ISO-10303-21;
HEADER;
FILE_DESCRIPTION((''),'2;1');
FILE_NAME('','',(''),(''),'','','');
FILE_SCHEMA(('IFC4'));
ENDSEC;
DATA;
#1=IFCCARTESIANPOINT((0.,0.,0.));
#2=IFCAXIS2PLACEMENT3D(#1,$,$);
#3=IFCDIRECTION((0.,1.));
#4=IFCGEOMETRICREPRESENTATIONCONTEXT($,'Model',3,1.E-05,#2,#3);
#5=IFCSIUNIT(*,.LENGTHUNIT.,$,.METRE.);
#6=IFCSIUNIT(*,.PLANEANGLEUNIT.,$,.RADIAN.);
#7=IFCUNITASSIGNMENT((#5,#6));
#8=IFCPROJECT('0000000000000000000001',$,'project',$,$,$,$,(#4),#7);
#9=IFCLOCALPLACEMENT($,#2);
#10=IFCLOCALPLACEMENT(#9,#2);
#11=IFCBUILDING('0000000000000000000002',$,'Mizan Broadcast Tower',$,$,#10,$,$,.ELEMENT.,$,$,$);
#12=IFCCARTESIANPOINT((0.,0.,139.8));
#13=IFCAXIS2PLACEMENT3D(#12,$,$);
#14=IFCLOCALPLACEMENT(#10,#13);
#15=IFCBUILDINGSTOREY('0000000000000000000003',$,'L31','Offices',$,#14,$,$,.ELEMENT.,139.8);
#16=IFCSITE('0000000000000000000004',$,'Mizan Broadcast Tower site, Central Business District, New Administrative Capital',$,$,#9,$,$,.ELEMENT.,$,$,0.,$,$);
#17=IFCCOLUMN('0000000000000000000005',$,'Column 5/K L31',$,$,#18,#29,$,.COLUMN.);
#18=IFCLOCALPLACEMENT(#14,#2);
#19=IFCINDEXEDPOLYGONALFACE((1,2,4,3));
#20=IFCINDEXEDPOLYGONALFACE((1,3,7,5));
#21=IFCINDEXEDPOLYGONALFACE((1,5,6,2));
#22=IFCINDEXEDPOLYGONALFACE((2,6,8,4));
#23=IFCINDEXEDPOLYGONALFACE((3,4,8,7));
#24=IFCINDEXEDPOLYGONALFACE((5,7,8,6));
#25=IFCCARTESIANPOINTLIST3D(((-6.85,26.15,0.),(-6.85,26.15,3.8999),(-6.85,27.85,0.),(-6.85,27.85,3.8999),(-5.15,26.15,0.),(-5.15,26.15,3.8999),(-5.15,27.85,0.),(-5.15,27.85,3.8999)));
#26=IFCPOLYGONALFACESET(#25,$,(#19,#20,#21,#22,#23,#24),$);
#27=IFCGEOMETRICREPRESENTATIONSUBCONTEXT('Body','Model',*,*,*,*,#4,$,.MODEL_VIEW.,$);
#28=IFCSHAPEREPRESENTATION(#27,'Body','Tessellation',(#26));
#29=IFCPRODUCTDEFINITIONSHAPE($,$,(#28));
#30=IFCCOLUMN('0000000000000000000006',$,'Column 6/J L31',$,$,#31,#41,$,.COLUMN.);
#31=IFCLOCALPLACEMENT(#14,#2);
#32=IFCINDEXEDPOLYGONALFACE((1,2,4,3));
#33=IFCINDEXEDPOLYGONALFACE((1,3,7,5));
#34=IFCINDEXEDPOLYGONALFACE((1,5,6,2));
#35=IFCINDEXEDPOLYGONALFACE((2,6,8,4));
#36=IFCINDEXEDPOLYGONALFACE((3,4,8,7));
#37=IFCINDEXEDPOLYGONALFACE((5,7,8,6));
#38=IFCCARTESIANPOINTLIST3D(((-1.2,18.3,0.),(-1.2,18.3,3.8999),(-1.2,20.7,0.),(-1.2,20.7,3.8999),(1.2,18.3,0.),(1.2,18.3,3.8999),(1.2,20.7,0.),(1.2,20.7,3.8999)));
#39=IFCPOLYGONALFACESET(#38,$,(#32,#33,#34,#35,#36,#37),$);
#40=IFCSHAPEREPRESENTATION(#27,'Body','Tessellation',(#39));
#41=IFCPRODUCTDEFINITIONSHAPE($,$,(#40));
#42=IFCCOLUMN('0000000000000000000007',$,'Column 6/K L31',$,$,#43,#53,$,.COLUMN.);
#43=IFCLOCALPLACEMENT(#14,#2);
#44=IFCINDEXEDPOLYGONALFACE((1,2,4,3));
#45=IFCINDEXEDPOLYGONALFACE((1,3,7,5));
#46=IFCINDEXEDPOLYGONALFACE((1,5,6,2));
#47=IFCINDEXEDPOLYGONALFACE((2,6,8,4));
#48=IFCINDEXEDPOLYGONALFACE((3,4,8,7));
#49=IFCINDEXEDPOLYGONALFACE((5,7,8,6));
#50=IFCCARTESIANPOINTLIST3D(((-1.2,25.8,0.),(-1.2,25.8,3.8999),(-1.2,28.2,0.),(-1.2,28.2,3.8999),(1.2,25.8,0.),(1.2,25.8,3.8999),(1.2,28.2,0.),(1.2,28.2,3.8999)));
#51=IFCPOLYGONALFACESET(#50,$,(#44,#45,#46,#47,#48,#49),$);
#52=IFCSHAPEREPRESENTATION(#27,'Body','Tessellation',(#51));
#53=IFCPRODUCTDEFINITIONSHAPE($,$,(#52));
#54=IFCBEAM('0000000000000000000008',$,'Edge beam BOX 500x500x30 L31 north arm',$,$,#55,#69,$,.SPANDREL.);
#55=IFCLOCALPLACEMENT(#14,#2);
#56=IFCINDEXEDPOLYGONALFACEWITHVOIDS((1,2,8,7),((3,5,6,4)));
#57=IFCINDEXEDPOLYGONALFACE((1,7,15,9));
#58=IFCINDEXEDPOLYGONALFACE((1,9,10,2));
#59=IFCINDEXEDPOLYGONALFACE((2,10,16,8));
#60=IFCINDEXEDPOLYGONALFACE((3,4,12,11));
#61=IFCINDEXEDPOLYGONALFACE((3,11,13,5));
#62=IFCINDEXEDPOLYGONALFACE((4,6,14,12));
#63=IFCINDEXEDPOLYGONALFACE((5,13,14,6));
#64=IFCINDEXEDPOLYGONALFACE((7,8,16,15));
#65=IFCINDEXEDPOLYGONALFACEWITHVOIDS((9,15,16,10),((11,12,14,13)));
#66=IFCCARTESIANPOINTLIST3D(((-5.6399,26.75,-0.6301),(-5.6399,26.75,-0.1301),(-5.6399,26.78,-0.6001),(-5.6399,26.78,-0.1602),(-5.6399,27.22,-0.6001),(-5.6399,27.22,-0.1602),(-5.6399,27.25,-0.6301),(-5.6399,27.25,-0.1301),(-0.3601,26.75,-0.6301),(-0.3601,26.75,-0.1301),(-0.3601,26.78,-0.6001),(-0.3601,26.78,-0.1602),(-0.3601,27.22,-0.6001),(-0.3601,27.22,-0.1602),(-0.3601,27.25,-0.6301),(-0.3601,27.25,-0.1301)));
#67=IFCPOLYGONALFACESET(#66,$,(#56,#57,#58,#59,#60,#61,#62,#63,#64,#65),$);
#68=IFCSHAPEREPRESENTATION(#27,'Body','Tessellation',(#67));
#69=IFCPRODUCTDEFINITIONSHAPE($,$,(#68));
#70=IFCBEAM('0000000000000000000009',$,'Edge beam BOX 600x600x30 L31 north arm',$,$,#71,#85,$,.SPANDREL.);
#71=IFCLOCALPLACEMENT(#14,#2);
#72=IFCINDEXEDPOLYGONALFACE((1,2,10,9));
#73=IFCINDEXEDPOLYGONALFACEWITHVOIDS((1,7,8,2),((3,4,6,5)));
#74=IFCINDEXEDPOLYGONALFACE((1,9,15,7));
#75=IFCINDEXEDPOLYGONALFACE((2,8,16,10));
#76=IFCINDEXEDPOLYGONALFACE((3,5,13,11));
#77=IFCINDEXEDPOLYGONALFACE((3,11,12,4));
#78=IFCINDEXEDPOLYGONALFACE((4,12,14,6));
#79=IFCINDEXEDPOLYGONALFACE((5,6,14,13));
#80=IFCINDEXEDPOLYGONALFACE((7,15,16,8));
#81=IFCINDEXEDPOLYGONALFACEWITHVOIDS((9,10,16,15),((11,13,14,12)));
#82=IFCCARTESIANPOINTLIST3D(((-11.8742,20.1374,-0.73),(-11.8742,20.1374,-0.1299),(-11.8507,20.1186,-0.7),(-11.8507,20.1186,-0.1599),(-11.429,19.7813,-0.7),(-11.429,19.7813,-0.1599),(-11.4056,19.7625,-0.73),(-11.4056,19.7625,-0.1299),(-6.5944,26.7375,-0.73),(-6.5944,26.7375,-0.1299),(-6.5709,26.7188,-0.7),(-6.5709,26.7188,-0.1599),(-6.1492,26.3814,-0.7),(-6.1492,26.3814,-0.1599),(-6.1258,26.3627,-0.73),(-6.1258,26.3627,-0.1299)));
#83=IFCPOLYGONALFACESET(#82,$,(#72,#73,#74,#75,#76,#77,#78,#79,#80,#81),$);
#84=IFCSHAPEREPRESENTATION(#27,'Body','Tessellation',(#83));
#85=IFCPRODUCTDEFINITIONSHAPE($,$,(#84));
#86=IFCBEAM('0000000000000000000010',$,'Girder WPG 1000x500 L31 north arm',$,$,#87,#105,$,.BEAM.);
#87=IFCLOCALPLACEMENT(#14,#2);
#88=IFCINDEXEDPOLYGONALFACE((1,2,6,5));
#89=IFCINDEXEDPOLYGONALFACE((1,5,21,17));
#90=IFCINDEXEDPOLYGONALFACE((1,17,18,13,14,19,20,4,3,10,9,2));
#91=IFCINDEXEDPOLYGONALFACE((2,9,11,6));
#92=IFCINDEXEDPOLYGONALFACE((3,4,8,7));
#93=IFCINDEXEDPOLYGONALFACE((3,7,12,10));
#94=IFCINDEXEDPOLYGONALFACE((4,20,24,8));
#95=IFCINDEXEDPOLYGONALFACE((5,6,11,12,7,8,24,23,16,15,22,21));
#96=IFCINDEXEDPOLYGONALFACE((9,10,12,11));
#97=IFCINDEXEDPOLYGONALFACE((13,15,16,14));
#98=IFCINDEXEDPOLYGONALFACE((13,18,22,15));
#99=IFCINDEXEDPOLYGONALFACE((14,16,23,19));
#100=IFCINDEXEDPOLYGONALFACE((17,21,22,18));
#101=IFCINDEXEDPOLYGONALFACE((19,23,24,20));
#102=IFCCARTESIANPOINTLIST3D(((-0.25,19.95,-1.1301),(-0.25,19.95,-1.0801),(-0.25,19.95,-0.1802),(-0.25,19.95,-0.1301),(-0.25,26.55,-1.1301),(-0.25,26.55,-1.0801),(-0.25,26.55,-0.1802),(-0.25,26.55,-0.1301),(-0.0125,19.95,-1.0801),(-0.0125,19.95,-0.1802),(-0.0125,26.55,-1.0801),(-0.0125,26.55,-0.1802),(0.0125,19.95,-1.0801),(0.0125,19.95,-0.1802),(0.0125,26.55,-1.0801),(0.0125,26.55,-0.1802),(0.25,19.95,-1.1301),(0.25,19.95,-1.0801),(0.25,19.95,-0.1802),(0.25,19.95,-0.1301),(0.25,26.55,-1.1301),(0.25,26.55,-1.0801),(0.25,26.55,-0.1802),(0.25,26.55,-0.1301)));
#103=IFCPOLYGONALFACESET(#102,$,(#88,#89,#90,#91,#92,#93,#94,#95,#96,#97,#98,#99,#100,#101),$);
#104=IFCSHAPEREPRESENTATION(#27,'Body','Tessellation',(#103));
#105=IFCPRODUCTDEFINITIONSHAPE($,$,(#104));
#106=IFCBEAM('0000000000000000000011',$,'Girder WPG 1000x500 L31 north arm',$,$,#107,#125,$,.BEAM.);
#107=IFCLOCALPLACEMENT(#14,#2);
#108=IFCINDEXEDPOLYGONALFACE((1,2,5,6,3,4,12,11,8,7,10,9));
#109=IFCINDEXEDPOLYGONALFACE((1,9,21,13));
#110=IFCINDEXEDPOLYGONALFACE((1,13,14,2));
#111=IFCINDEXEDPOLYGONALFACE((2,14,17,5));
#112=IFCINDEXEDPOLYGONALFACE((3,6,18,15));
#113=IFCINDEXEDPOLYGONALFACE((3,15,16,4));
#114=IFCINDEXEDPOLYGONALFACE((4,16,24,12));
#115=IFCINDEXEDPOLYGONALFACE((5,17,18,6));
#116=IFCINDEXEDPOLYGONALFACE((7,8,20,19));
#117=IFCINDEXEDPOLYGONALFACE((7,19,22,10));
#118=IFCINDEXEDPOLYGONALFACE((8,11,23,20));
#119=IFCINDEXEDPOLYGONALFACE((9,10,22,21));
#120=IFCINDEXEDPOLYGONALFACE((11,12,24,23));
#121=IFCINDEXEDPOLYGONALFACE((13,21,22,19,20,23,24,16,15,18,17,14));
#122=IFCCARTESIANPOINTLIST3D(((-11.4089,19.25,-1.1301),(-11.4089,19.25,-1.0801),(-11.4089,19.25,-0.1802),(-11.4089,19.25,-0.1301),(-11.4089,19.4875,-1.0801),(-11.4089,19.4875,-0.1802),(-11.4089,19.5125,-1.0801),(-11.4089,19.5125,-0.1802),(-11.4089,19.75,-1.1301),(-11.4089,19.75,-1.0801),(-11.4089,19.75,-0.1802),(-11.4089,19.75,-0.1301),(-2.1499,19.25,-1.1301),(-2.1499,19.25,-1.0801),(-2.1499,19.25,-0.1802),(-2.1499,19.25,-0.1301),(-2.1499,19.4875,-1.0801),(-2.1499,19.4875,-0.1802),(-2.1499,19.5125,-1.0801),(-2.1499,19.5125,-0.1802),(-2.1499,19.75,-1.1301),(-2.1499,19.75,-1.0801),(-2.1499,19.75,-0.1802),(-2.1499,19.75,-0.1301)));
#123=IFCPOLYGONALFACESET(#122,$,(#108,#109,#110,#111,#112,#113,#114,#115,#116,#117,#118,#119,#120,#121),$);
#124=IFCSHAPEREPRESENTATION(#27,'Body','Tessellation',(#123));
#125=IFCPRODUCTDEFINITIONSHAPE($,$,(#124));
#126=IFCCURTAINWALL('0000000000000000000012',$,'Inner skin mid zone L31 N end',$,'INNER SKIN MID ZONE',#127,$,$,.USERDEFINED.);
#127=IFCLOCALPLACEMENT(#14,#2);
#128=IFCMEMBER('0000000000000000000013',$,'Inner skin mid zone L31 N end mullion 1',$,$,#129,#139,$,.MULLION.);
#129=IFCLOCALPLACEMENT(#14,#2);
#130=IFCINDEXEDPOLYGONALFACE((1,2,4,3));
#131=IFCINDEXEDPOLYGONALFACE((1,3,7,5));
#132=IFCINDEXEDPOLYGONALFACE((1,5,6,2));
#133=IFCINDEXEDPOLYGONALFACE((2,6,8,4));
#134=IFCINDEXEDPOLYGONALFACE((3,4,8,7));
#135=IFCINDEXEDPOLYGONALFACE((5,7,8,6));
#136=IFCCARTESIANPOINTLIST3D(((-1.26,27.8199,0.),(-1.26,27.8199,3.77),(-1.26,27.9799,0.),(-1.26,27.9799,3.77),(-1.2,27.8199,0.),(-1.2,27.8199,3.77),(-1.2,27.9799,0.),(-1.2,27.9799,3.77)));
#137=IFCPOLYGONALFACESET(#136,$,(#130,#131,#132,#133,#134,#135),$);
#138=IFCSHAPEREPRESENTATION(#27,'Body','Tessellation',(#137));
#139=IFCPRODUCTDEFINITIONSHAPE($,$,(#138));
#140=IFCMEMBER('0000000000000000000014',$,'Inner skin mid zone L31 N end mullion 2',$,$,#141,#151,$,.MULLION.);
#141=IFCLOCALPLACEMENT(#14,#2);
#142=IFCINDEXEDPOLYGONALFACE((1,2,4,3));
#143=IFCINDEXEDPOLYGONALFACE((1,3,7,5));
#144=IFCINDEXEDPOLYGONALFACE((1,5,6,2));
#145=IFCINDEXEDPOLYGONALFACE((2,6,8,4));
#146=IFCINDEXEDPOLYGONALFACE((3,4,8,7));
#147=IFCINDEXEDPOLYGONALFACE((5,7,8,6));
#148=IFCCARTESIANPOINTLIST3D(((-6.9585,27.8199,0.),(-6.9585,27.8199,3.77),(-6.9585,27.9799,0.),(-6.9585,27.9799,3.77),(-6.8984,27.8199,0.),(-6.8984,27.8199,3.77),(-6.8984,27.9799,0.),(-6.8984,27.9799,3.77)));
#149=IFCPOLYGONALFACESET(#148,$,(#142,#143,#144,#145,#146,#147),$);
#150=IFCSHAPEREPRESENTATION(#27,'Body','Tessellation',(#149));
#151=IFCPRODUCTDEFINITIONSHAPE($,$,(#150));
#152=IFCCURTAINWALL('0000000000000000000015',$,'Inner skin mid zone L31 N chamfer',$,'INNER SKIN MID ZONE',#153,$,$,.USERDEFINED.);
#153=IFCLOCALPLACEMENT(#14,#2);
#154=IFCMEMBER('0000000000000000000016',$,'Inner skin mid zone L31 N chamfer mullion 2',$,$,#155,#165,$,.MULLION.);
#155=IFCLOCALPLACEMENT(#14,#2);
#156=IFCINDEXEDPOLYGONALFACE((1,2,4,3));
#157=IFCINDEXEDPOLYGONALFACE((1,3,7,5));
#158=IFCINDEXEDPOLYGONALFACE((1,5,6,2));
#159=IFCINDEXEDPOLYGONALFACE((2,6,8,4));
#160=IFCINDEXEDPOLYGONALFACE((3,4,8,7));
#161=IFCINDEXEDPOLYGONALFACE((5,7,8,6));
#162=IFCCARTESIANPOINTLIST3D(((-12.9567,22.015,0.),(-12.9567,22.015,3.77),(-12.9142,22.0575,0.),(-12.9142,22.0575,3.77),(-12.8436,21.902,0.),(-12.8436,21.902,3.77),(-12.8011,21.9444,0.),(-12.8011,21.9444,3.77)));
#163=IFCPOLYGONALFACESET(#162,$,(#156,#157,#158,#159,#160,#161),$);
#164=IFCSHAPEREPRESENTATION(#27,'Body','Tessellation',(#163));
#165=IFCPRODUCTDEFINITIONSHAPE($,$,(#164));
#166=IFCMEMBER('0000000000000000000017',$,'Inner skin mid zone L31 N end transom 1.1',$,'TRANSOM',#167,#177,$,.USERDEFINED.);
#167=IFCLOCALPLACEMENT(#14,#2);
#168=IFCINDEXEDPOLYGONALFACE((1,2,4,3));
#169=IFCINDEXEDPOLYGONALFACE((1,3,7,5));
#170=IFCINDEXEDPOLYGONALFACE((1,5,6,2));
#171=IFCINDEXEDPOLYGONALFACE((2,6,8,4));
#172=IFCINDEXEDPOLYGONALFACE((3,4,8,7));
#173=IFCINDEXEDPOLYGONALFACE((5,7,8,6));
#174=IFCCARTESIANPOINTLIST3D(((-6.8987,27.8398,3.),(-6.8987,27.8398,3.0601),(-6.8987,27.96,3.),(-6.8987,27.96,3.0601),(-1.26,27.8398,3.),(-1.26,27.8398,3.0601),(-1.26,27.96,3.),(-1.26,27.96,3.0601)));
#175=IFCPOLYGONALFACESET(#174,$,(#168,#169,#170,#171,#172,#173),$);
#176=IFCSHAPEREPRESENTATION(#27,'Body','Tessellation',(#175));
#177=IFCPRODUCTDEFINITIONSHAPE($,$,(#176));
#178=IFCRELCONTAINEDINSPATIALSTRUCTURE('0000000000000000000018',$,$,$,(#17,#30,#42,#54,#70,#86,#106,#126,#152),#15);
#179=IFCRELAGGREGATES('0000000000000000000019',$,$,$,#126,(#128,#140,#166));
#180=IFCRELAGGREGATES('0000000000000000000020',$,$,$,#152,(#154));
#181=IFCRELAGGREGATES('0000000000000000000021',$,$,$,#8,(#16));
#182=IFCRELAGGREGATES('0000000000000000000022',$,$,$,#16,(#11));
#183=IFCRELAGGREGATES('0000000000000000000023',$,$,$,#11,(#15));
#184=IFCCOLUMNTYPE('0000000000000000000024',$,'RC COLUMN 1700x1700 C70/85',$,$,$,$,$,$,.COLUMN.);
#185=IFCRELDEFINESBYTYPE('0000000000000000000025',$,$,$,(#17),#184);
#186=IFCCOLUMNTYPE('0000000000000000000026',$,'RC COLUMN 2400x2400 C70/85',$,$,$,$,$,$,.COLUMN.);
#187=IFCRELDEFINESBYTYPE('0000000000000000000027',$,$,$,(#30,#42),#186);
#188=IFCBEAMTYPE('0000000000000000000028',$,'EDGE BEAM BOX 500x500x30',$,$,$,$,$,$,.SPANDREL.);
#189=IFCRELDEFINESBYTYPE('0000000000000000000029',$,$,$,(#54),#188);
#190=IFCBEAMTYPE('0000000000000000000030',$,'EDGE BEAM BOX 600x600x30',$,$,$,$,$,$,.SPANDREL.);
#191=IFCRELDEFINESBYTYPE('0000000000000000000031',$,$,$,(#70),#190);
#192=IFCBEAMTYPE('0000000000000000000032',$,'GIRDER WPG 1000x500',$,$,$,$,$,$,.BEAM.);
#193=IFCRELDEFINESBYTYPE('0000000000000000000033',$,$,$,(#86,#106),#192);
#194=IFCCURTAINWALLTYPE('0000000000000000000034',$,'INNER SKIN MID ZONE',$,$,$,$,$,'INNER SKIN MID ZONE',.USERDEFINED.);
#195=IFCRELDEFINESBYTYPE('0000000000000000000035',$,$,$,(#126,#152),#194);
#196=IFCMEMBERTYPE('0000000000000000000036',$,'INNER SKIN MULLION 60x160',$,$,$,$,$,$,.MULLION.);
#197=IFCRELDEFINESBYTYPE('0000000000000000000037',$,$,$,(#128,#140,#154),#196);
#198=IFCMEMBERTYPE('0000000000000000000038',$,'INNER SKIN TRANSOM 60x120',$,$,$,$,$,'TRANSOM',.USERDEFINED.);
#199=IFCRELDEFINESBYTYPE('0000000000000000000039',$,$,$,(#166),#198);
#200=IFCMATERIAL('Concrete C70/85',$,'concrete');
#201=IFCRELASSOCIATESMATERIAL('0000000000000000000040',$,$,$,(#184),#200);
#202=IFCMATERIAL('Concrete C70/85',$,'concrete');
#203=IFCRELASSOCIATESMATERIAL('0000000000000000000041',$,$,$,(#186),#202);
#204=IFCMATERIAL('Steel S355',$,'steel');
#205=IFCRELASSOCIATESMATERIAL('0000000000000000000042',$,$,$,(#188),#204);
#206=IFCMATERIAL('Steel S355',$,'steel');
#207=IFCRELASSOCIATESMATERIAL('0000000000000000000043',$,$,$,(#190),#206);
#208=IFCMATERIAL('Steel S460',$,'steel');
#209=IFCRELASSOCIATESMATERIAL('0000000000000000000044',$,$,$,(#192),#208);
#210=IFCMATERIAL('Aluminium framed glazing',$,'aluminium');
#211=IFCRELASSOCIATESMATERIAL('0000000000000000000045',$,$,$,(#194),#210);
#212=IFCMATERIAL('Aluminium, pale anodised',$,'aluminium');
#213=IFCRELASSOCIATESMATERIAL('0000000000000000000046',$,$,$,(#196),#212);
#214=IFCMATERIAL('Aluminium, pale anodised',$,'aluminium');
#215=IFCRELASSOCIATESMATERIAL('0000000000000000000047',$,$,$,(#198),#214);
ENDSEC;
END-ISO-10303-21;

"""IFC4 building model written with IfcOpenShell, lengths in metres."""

from ifc_helpers import new_model, si_unit, direction, frame, origin, origin_2d, place, context, subcontext, project, spatial, rectangle, hollow_rectangle, i_section, extrude, material, material_profile, profile_set, type_object, element, aggregate, save


model = new_model("IFC4")

# Units and contexts
model_context = context("Model", 3, precision=1e-05, world=origin(), true_north=direction((0.0, 1.0)))
body_context = subcontext(model_context, "Body", "Model", "MODEL_VIEW")
ifc_project = project(units=[si_unit("LENGTHUNIT", "METRE"), si_unit("PLANEANGLEUNIT", "RADIAN")], contexts=[model_context])

# Site, building, storey
site_placement = place(None, origin())
site = spatial("IfcSite", under=ifc_project, at=site_placement, Name="Mizan Broadcast Tower site, Central Business District, New Administrative Capital", CompositionType="ELEMENT", RefElevation=0.0)
building_placement = place(site_placement, origin())
building = spatial("IfcBuilding", under=site, at=building_placement, Name="Mizan Broadcast Tower", CompositionType="ELEMENT")
storey_placement = place(building_placement, frame((0.0, 0.0, 139.8)))
storey = spatial("IfcBuildingStorey", under=building, at=storey_placement, Name="L31", Description="Offices", CompositionType="ELEMENT", Elevation=139.8)

# Columns
ifc_material_1 = material(Name="Concrete C70/85", Category="concrete")
ifc_material_profile_1 = material_profile(ifc_material_1, rectangle(XDim=1.7, YDim=1.7, at=origin_2d()), Name="RC 1700x1700")
ifc_profile_set_1 = profile_set([ifc_material_profile_1], Name="Concrete C70/85")
column_type_1 = type_object("IfcColumnType", Name="RC COLUMN 1700x1700 C70/85", PredefinedType="COLUMN", material=ifc_profile_set_1)
column_placement = place(storey_placement, frame((-6.0, 27.0, 0.0), z_axis=(0.0, 0.0, 1.0), x_axis=(1.0, 0.0, 0.0)))
element("IfcColumn", 1, at=column_placement, inside=storey, type_object=column_type_1, Name="Column 5/K L31", PredefinedType="COLUMN", context=body_context, shape_type="SweptSolid", body=[
    extrude(rectangle(XDim=1.7, YDim=1.7, at=origin_2d()), origin(), (0.0, 0.0, 1.0), 3.8999),
])
ifc_material_2 = material(Name="Concrete C70/85", Category="concrete")
ifc_material_profile_2 = material_profile(ifc_material_2, rectangle(XDim=2.3999, YDim=2.3999, at=origin_2d()), Name="RC 2400x2400")
ifc_profile_set_2 = profile_set([ifc_material_profile_2], Name="Concrete C70/85")
column_type_2 = type_object("IfcColumnType", Name="RC COLUMN 2400x2400 C70/85", PredefinedType="COLUMN", material=ifc_profile_set_2)
for number, where, z_axis, x_axis, name in (
    (2, (0.0, 19.5, 0.0), (0.0, 0.0, 1.0), (1.0, 0.0, 0.0), "Column 6/J L31"),
    (3, (0.0, 27.0, 0.0), (0.0, 0.0, 1.0), (1.0, 0.0, 0.0), "Column 6/K L31"),
):
    element("IfcColumn", number, at=place(storey_placement, frame(where, z_axis=z_axis, x_axis=x_axis)), inside=storey, type_object=column_type_2, Name=name, PredefinedType="COLUMN", context=body_context, shape_type="SweptSolid", body=[
        extrude(rectangle(XDim=2.3999, YDim=2.3999, at=origin_2d()), origin(), (0.0, 0.0, 1.0), 3.8999),
    ])

# Beams
ifc_material_3 = material(Name="Steel S355", Category="steel")
ifc_material_profile_3 = material_profile(ifc_material_3, hollow_rectangle(XDim=0.5, YDim=0.5, WallThickness=0.03, at=origin_2d()), Name="BOX 500x500x30")
ifc_profile_set_3 = profile_set([ifc_material_profile_3], Name="Steel S355")
beam_type_1 = type_object("IfcBeamType", Name="EDGE BEAM BOX 500x500x30", PredefinedType="SPANDREL", material=ifc_profile_set_3)
beam_1_placement = place(storey_placement, frame((-5.6399, 27.0, -0.3801), z_axis=(1.0, 0.0, 0.0), x_axis=(0.0, 1.0, 0.0)))
element("IfcBeam", 4, at=beam_1_placement, inside=storey, type_object=beam_type_1, Name="Edge beam BOX 500x500x30 L31 north arm", PredefinedType="SPANDREL", context=body_context, shape_type="SweptSolid", body=[
    extrude(hollow_rectangle(XDim=0.5, YDim=0.5, WallThickness=0.03, at=origin_2d()), origin(), (0.0, 0.0, 1.0), 5.2798),
])
ifc_material_4 = material(Name="Steel S355", Category="steel")
ifc_material_profile_4 = material_profile(ifc_material_4, hollow_rectangle(XDim=0.6001, YDim=0.6001, WallThickness=0.03, at=origin_2d()), Name="BOX 600x600x30")
ifc_profile_set_4 = profile_set([ifc_material_profile_4], Name="Steel S355")
beam_type_2 = type_object("IfcBeamType", Name="EDGE BEAM BOX 600x600x30", PredefinedType="SPANDREL", material=ifc_profile_set_4)
beam_2_placement = place(storey_placement, frame((-11.6399, 19.95, -0.4299), z_axis=(0.624674, 0.780886, 0.0), x_axis=(-0.780886, 0.624674, 0.0)))
element("IfcBeam", 5, at=beam_2_placement, inside=storey, type_object=beam_type_2, Name="Edge beam BOX 600x600x30 L31 north arm", PredefinedType="SPANDREL", context=body_context, shape_type="SweptSolid", body=[
    extrude(hollow_rectangle(XDim=0.6001, YDim=0.6001, WallThickness=0.03, at=origin_2d()), origin(), (0.0, 0.0, 1.0), 8.4521),
])
ifc_material_5 = material(Name="Steel S460", Category="steel")
ifc_material_profile_5 = material_profile(ifc_material_5, i_section(OverallWidth=0.5, OverallDepth=1.0, WebThickness=0.0249, FlangeThickness=0.05, at=origin_2d()), Name="WPG 1000x500")
ifc_profile_set_5 = profile_set([ifc_material_profile_5], Name="Steel S460")
beam_type_3 = type_object("IfcBeamType", Name="GIRDER WPG 1000x500", PredefinedType="BEAM", material=ifc_profile_set_5)
beam_3_placement = place(storey_placement, frame((0.0, 19.95, -0.6301), z_axis=(0.0, 1.0, 0.0), x_axis=(-1.0, 0.0, 0.0)))
element("IfcBeam", 6, at=beam_3_placement, inside=storey, type_object=beam_type_3, Name="Girder WPG 1000x500 L31 north arm", PredefinedType="BEAM", context=body_context, shape_type="SweptSolid", body=[
    extrude(i_section(OverallWidth=0.5, OverallDepth=1.0, WebThickness=0.0249, FlangeThickness=0.05, at=origin_2d()), origin(), (0.0, 0.0, 1.0), 6.6001),
])
beam_4_placement = place(storey_placement, frame((-11.4089, 19.5, -0.6301), z_axis=(1.0, 0.0, 0.0), x_axis=(0.0, 1.0, 0.0)))
element("IfcBeam", 7, at=beam_4_placement, inside=storey, type_object=beam_type_3, Name="Girder WPG 1000x500 L31 north arm", PredefinedType="BEAM", context=body_context, shape_type="SweptSolid", body=[
    extrude(i_section(OverallWidth=0.5, OverallDepth=1.0, WebThickness=0.0249, FlangeThickness=0.05, at=origin_2d()), origin(), (0.0, 0.0, 1.0), 9.259),
])

# Curtain wall, members
ifc_material_6 = material(Name="Aluminium framed glazing", Category="aluminium")
curtain_wall_type_1 = type_object("IfcCurtainWallType", Name="INNER SKIN MID ZONE", ElementType="INNER SKIN MID ZONE", PredefinedType="USERDEFINED", material=ifc_material_6)
curtain_wall_1_placement = place(storey_placement, origin())
curtain_wall_1 = element("IfcCurtainWall", 8, at=curtain_wall_1_placement, inside=storey, type_object=curtain_wall_type_1, Name="Inner skin mid zone L31 N end", ObjectType="INNER SKIN MID ZONE", PredefinedType="USERDEFINED")
ifc_material_7 = material(Name="Aluminium, pale anodised", Category="aluminium")
ifc_material_profile_6 = material_profile(ifc_material_7, rectangle(XDim=0.1599, YDim=0.0601, at=origin_2d()), Name="MULLION 160x60")
ifc_profile_set_6 = profile_set([ifc_material_profile_6], Name="Aluminium, pale anodised")
member_type_1 = type_object("IfcMemberType", Name="INNER SKIN MULLION 60x160", PredefinedType="MULLION", material=ifc_profile_set_6)
member_1_placement = place(storey_placement, frame((-1.23, 27.8999, 0.0), z_axis=(0.0, 0.0, 1.0), x_axis=(0.0, -1.0, 0.0)))
member_1 = element("IfcMember", 9, at=member_1_placement, type_object=member_type_1, Name="Inner skin mid zone L31 N end mullion 1", PredefinedType="MULLION", context=body_context, shape_type="SweptSolid", body=[
    extrude(rectangle(XDim=0.1599, YDim=0.0601, at=origin_2d()), origin(), (0.0, 0.0, 1.0), 3.77),
])
member_2_placement = place(storey_placement, frame((-6.9285, 27.8999, 0.0), z_axis=(0.0, 0.0, 1.0), x_axis=(0.0, -1.0, 0.0)))
member_2 = element("IfcMember", 10, at=member_2_placement, type_object=member_type_1, Name="Inner skin mid zone L31 N end mullion 2", PredefinedType="MULLION", context=body_context, shape_type="SweptSolid", body=[
    extrude(rectangle(XDim=0.1599, YDim=0.0601, at=origin_2d()), origin(), (0.0, 0.0, 1.0), 3.77),
])

# Curtain wall, member
curtain_wall_2_placement = place(storey_placement, origin())
curtain_wall_2 = element("IfcCurtainWall", 11, at=curtain_wall_2_placement, inside=storey, type_object=curtain_wall_type_1, Name="Inner skin mid zone L31 N chamfer", ObjectType="INNER SKIN MID ZONE", PredefinedType="USERDEFINED")
member_3_placement = place(storey_placement, frame((-12.8789, 21.9797, 0.0), z_axis=(0.0, 0.0, 1.0), x_axis=(0.707107, -0.707107, 0.0)))
member_3 = element("IfcMember", 12, at=member_3_placement, type_object=member_type_1, Name="Inner skin mid zone L31 N chamfer mullion 2", PredefinedType="MULLION", context=body_context, shape_type="SweptSolid", body=[
    extrude(rectangle(XDim=0.1599, YDim=0.0601, at=origin_2d()), origin(), (0.0, 0.0, 1.0), 3.77),
])

# Member
ifc_material_8 = material(Name="Aluminium, pale anodised", Category="aluminium")
ifc_material_profile_7 = material_profile(ifc_material_8, rectangle(XDim=0.1201, YDim=0.0601, at=origin_2d()), Name="TRANSOM 120x60")
ifc_profile_set_7 = profile_set([ifc_material_profile_7], Name="Aluminium, pale anodised")
member_type_2 = type_object("IfcMemberType", Name="INNER SKIN TRANSOM 60x120", ElementType="TRANSOM", PredefinedType="USERDEFINED", material=ifc_profile_set_7)
member_4_placement = place(storey_placement, frame((-1.26, 27.8999, 3.03), z_axis=(-1.0, 0.0, 0.0), x_axis=(0.0, -1.0, 0.0)))
member_4 = element("IfcMember", 13, at=member_4_placement, type_object=member_type_2, Name="Inner skin mid zone L31 N end transom 1.1", ObjectType="TRANSOM", PredefinedType="USERDEFINED", context=body_context, shape_type="SweptSolid", body=[
    extrude(rectangle(XDim=0.1201, YDim=0.0601, at=origin_2d()), origin(), (0.0, 0.0, 1.0), 5.6387),
])

aggregate(curtain_wall_1, [member_1, member_2, member_4])
aggregate(curtain_wall_2, [member_3])

save(model, "model.ifc")
